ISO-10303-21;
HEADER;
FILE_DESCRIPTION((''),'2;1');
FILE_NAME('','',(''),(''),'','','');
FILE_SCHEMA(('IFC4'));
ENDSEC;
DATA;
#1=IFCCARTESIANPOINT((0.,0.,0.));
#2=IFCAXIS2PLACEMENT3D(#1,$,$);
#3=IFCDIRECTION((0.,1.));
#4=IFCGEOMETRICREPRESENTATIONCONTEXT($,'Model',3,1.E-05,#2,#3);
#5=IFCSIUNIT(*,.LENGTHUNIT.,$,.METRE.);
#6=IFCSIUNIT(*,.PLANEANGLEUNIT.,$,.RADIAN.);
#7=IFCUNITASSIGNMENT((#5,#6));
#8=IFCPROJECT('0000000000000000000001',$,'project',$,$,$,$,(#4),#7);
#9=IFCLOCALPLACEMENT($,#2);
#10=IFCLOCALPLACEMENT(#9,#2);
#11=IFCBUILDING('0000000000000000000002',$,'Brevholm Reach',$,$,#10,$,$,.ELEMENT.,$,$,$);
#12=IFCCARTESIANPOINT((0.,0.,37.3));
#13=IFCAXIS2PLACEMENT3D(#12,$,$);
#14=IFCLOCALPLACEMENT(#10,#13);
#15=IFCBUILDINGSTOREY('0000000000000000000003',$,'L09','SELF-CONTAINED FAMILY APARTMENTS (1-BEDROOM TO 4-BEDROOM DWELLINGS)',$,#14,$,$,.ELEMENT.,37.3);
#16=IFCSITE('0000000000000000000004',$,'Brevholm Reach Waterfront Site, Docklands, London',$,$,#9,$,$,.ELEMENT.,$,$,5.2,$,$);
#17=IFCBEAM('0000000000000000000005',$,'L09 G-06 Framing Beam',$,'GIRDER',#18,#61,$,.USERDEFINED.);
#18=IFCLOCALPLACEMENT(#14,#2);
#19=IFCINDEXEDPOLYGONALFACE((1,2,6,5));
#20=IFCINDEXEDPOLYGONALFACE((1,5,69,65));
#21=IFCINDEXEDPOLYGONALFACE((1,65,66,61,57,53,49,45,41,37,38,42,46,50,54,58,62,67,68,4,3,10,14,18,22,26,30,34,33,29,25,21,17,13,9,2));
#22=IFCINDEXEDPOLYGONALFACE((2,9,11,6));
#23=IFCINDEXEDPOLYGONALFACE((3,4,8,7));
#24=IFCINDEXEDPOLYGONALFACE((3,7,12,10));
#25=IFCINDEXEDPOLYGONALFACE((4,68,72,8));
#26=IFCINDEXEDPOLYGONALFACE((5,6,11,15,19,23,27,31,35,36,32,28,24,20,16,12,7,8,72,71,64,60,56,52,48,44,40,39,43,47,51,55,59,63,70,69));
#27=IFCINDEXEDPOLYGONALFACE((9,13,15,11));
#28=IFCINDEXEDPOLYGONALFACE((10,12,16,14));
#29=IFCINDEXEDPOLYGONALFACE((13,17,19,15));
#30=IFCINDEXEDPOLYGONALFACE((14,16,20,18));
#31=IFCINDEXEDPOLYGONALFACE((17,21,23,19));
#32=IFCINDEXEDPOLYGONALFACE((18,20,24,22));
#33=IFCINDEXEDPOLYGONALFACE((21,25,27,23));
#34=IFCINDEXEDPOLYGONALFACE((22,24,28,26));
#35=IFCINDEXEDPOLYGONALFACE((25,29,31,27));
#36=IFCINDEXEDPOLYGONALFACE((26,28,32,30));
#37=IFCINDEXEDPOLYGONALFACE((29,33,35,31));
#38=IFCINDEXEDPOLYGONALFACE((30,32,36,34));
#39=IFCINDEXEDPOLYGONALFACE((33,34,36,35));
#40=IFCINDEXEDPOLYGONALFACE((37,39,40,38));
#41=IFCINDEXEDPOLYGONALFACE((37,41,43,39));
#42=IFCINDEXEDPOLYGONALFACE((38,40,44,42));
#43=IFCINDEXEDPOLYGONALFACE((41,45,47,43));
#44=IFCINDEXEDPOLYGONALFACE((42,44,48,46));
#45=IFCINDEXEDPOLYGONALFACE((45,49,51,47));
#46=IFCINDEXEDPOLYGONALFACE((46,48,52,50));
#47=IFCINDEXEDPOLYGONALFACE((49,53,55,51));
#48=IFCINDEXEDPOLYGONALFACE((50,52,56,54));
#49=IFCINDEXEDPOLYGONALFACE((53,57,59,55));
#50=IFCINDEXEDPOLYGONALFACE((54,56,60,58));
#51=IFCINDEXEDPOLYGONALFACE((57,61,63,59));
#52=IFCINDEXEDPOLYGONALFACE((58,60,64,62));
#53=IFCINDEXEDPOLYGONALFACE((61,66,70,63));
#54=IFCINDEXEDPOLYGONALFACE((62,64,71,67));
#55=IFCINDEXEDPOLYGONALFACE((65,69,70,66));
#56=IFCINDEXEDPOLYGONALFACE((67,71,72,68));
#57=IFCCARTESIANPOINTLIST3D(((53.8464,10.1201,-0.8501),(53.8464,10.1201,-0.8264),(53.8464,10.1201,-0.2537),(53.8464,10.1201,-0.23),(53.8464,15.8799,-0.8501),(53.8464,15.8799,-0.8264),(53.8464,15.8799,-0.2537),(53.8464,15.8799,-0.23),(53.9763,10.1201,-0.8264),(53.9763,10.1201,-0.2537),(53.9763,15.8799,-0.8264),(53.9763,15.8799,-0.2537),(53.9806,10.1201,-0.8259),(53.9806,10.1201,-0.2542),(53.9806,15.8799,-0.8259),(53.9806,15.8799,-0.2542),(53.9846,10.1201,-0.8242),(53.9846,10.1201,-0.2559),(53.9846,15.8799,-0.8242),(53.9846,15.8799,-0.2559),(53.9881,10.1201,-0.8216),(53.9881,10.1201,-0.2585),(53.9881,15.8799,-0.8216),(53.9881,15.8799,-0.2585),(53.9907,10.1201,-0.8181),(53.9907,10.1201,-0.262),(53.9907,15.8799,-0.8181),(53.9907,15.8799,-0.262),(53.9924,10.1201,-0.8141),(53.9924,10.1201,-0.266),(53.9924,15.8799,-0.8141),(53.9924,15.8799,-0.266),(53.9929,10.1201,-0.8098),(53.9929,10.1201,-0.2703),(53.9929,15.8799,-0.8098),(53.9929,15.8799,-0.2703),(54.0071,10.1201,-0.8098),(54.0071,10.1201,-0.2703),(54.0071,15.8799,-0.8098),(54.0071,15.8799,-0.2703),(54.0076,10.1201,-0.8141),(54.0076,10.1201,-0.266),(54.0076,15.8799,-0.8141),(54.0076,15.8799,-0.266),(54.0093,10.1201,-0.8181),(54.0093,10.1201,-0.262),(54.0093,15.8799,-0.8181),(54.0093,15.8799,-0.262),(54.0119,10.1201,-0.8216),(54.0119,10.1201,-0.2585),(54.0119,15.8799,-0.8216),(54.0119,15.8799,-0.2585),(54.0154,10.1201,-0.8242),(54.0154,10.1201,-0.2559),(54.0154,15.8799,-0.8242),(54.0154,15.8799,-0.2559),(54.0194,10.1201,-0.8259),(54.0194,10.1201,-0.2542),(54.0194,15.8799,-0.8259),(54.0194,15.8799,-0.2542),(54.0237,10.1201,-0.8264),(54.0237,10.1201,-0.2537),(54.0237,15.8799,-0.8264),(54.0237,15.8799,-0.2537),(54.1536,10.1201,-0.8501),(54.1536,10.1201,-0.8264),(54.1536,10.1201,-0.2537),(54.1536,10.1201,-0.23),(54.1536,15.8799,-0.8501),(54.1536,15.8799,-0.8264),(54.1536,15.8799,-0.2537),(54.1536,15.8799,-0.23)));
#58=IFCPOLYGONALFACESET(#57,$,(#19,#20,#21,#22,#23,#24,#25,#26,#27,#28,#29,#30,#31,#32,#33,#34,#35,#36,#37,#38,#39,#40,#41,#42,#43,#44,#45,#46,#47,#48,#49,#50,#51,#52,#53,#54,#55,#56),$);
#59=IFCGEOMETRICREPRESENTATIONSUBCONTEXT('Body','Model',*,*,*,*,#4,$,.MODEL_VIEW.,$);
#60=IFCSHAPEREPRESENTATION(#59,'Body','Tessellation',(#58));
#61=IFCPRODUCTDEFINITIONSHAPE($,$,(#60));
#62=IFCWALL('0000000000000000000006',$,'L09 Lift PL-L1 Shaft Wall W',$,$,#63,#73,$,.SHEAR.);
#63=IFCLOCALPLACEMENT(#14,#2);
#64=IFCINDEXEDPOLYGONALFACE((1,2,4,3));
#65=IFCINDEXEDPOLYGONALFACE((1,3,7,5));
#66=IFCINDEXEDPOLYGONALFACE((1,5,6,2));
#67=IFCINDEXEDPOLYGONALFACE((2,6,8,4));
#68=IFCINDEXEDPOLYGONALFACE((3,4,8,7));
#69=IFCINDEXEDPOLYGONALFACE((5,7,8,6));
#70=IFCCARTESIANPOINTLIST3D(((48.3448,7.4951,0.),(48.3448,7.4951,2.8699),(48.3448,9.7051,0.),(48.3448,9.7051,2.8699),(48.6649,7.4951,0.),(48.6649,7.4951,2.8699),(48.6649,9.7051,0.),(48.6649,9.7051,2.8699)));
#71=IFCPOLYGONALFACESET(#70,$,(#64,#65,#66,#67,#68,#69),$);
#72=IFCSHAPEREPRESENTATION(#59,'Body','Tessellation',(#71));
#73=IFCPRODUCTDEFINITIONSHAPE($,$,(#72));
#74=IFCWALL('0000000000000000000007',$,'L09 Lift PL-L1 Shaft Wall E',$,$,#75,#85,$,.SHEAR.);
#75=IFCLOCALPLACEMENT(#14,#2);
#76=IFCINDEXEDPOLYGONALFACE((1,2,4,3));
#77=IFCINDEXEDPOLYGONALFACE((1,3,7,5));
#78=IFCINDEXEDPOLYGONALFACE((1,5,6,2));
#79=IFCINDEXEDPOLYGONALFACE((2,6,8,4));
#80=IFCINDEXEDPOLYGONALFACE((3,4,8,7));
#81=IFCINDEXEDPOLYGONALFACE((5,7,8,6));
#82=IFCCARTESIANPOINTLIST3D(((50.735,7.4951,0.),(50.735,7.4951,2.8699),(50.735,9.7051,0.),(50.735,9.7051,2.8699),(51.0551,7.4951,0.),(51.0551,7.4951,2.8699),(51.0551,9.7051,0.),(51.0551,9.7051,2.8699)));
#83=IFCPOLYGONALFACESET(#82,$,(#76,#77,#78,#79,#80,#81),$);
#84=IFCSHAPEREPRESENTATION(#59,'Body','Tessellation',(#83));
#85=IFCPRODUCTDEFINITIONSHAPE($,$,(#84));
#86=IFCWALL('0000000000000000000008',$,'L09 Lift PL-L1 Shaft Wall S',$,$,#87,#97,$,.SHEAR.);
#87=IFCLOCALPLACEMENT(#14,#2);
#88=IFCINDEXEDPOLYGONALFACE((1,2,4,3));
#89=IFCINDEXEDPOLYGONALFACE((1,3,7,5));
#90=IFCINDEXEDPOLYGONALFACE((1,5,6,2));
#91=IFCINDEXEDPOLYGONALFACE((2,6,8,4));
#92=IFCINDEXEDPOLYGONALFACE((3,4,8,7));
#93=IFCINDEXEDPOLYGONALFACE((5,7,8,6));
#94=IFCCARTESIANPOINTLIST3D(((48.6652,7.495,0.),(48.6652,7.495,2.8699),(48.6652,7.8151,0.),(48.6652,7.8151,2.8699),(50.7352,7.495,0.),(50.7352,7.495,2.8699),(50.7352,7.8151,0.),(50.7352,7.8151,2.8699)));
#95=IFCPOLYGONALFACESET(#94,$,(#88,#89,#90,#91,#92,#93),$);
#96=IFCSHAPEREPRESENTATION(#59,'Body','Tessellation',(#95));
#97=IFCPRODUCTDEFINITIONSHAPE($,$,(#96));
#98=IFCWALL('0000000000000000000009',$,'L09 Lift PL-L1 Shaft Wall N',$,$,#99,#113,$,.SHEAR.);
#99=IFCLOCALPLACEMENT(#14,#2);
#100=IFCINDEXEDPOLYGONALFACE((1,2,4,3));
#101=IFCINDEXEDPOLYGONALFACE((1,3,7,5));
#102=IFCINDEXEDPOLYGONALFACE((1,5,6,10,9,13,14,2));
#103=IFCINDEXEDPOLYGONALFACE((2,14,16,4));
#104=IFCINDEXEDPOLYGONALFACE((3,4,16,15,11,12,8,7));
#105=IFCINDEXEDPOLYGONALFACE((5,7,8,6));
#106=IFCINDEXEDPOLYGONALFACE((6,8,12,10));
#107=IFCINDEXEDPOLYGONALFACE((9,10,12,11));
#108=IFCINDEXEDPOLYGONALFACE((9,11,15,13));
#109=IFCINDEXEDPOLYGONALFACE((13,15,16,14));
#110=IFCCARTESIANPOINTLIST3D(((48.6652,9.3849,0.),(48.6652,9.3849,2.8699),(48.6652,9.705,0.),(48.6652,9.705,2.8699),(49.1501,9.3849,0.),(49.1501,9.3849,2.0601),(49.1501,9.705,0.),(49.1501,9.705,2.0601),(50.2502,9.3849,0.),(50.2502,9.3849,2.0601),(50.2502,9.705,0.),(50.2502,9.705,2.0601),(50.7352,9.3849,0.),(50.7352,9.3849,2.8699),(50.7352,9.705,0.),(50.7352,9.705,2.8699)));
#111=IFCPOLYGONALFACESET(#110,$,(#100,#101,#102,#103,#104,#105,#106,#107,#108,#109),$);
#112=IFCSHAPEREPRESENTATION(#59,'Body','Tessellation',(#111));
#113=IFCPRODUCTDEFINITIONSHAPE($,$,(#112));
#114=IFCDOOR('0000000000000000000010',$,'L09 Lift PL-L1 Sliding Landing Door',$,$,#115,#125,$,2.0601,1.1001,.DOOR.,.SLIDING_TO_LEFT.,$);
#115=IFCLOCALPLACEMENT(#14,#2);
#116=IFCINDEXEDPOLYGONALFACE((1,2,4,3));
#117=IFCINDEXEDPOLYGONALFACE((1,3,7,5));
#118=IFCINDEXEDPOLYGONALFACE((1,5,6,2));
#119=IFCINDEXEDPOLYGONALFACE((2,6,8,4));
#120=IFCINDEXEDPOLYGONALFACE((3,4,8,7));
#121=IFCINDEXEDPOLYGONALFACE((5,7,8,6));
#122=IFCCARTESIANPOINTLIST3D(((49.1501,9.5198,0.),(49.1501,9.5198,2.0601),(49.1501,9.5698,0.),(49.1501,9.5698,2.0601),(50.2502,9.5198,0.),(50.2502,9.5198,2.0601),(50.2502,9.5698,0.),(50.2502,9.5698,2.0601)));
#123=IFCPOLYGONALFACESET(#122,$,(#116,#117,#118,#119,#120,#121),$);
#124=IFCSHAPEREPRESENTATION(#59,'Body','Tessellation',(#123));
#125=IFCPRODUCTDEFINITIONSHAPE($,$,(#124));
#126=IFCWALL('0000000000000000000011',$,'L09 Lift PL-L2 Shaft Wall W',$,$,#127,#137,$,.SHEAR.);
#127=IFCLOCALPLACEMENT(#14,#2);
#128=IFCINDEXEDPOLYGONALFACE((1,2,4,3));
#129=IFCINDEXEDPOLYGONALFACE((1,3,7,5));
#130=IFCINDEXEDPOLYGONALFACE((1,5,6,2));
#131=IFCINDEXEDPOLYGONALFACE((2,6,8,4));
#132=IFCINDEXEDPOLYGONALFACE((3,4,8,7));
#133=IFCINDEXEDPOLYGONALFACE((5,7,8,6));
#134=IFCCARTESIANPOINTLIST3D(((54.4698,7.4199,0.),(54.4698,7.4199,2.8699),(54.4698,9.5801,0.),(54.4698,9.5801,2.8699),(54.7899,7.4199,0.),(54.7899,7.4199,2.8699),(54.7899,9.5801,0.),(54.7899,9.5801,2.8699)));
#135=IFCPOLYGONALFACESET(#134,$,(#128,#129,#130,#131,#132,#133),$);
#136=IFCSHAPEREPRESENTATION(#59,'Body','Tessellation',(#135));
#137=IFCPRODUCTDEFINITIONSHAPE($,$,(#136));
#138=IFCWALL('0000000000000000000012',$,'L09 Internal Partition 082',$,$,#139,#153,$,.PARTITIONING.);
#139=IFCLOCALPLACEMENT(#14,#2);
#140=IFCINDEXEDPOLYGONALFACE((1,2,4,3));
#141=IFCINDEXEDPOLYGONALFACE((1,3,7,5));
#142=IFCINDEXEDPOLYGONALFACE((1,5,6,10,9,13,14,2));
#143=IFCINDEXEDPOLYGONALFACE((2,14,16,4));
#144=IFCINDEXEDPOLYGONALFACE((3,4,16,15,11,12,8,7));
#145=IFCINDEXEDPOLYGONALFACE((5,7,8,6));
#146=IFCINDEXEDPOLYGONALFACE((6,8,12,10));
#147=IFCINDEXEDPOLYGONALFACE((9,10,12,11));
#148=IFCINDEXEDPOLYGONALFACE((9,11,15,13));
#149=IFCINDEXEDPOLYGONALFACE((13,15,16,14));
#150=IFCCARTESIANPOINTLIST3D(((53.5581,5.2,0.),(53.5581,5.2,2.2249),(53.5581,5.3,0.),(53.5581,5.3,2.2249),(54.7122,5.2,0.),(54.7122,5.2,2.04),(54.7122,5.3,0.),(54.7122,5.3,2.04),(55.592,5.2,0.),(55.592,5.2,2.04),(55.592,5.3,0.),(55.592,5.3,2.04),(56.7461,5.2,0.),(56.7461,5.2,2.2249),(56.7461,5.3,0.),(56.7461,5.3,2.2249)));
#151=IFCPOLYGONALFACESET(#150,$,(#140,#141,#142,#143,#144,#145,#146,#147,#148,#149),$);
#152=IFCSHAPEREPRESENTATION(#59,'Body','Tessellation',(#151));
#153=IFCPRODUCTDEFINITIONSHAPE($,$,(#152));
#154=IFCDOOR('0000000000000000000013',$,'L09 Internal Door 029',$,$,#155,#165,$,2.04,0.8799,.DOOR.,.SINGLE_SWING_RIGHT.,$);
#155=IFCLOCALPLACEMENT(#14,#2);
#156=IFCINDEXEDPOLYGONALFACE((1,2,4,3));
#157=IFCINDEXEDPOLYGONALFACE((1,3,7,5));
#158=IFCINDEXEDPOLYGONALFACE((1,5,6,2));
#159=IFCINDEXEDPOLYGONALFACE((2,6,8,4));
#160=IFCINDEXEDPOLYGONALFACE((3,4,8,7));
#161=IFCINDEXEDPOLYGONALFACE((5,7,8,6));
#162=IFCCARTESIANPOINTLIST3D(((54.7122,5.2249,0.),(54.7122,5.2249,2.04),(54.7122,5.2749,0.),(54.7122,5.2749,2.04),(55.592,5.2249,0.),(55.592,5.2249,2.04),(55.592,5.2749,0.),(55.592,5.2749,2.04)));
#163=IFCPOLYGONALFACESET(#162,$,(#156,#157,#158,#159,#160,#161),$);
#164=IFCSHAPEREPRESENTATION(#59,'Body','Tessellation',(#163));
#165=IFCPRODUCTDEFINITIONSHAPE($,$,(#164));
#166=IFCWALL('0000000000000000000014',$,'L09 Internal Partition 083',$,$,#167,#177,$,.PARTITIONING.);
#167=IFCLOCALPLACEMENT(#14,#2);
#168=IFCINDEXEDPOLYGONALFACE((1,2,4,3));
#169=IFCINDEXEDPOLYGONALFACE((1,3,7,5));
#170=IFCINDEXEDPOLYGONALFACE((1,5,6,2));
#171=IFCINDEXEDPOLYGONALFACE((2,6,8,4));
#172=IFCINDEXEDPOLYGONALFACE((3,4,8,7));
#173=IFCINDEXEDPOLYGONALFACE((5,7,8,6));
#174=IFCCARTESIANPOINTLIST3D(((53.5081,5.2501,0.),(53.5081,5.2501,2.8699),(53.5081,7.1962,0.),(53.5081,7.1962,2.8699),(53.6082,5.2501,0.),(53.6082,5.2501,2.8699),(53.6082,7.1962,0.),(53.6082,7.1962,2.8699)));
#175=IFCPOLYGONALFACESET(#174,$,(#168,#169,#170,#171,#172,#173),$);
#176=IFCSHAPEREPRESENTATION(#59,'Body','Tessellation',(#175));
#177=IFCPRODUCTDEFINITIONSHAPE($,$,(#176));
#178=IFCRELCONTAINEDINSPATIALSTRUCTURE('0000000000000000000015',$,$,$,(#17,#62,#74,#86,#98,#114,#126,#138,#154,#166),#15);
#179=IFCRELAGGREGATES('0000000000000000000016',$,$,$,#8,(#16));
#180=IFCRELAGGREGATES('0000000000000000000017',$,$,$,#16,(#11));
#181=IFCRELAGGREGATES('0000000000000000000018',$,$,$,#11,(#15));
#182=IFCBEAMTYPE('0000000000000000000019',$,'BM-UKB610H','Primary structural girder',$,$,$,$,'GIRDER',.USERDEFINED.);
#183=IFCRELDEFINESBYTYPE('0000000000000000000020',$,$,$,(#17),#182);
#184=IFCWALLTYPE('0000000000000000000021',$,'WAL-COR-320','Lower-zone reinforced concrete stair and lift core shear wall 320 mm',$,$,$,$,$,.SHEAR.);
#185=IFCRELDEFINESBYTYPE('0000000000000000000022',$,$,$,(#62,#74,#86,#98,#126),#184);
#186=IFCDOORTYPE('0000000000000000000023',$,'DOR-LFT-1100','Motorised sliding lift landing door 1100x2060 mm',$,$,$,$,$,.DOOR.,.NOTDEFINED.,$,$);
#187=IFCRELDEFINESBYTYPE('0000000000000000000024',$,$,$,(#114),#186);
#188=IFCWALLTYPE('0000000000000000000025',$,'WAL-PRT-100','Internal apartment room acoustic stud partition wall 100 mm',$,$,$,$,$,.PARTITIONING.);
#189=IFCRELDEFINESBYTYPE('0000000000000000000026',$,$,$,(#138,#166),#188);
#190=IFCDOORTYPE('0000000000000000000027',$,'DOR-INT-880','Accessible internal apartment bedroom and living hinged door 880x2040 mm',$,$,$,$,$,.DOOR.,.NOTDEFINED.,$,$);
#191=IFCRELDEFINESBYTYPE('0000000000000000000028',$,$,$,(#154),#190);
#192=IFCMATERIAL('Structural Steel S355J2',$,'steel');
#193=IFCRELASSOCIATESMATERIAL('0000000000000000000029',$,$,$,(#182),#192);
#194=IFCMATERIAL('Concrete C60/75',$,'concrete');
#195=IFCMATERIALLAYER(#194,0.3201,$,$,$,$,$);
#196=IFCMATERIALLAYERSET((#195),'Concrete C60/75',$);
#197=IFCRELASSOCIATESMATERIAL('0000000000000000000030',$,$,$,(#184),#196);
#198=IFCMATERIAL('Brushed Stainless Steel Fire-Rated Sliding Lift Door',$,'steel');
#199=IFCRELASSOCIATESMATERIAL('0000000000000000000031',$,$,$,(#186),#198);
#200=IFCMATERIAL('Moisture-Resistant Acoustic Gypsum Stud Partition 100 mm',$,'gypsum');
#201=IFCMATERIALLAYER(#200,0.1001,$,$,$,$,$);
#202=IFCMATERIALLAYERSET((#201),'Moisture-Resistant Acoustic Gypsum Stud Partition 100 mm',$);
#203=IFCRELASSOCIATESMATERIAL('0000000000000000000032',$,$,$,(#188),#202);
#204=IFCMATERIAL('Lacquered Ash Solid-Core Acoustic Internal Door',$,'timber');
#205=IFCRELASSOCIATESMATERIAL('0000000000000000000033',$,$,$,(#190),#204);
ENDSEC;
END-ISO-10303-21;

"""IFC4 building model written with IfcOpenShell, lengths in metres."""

from ifc_helpers import new_model, si_unit, direction, frame, frame_2d, origin, origin_2d, place, context, subcontext, project, spatial, rectangle, i_section, extrude, material, layer, layer_set, material_profile, profile_set, type_object, element, fill, save


model = new_model("IFC4")

# Units and contexts
model_context = context("Model", 3, precision=1e-05, world=origin(), true_north=direction((0.0, 1.0)))
body_context = subcontext(model_context, "Body", "Model", "MODEL_VIEW")
ifc_project = project(units=[si_unit("LENGTHUNIT", "METRE"), si_unit("PLANEANGLEUNIT", "RADIAN")], contexts=[model_context])

# Site, building, storey
site_placement = place(None, origin())
site = spatial("IfcSite", under=ifc_project, at=site_placement, Name="Brevholm Reach Waterfront Site, Docklands, London", CompositionType="ELEMENT", RefElevation=5.2)
building_placement = place(site_placement, origin())
building = spatial("IfcBuilding", under=site, at=building_placement, Name="Brevholm Reach", CompositionType="ELEMENT")
storey_placement = place(building_placement, frame((0.0, 0.0, 37.3)))
storey = spatial("IfcBuildingStorey", under=building, at=storey_placement, Name="L09", Description="SELF-CONTAINED FAMILY APARTMENTS (1-BEDROOM TO 4-BEDROOM DWELLINGS)", CompositionType="ELEMENT", Elevation=37.3)

# Beam
ifc_material_1 = material(Name="Structural Steel S355J2", Category="steel")
ifc_material_profile_1 = material_profile(ifc_material_1, i_section(OverallWidth=0.3071, OverallDepth=0.6201, WebThickness=0.0142, FlangeThickness=0.0237, FilletRadius=0.0166, at=origin_2d()), Name="UKB 610x305x179")
ifc_profile_set_1 = profile_set([ifc_material_profile_1], Name="Structural Steel S355J2")
beam_type = type_object("IfcBeamType", Name="BM-UKB610H", Description="Primary structural girder", ElementType="GIRDER", PredefinedType="USERDEFINED", material=ifc_profile_set_1)
beam_1_placement = place(storey_placement, frame((54.0, 10.1201, -0.54), z_axis=(0.0, 1.0, 0.0), x_axis=(-1.0, 0.0, 0.0)))
element("IfcBeam", 1, at=beam_1_placement, inside=storey, type_object=beam_type, Name="L09 G-06 Framing Beam", ObjectType="GIRDER", PredefinedType="USERDEFINED", context=body_context, shape_type="SweptSolid", body=[
    extrude(i_section(OverallWidth=0.3071, OverallDepth=0.6201, WebThickness=0.0142, FlangeThickness=0.0237, FilletRadius=0.0166, at=origin_2d()), origin(), (0.0, 0.0, 1.0), 5.7598),
])

# Walls
ifc_material_2 = material(Name="Concrete C60/75", Category="concrete")
ifc_layer_1 = layer(ifc_material_2, 0.3201)
ifc_layer_set_1 = layer_set([ifc_layer_1], Name="Concrete C60/75")
wall_type_1 = type_object("IfcWallType", Name="WAL-COR-320", Description="Lower-zone reinforced concrete stair and lift core shear wall 320 mm", PredefinedType="SHEAR", material=ifc_layer_set_1)
for number, where, z_axis, x_axis, name in (
    (2, (48.5049, 7.4951, 0.0), (0.0, 0.0, 1.0), (0.0, 1.0, 0.0), "L09 Lift PL-L1 Shaft Wall W"),
    (3, (50.895, 7.4951, 0.0), (0.0, 0.0, 1.0), (0.0, 1.0, 0.0), "L09 Lift PL-L1 Shaft Wall E"),
):
    element("IfcWall", number, at=place(storey_placement, frame(where, z_axis=z_axis, x_axis=x_axis)), inside=storey, type_object=wall_type_1, Name=name, PredefinedType="SHEAR", context=body_context, shape_type="SweptSolid", body=[
        extrude(rectangle(XDim=2.21, YDim=0.3201, at=frame_2d((1.105, 0.0))), origin(), (0.0, 0.0, 1.0), 2.8699),
    ])
wall_1_placement = place(storey_placement, frame((48.665, 7.655, 0.0), z_axis=(0.0, 0.0, 1.0), x_axis=(1.0, 0.0, 0.0)))
element("IfcWall", 4, at=wall_1_placement, inside=storey, type_object=wall_type_1, Name="L09 Lift PL-L1 Shaft Wall S", PredefinedType="SHEAR", context=body_context, shape_type="SweptSolid", body=[
    extrude(rectangle(XDim=2.0701, YDim=0.3201, at=frame_2d((1.0352, 0.0))), origin(), (0.0, 0.0, 1.0), 2.8699),
])

# Wall, opening, door
wall_2_placement = place(storey_placement, frame((48.665, 9.5449, 0.0), z_axis=(0.0, 0.0, 1.0), x_axis=(1.0, 0.0, 0.0)))
wall_2 = element("IfcWall", 5, at=wall_2_placement, inside=storey, type_object=wall_type_1, Name="L09 Lift PL-L1 Shaft Wall N", PredefinedType="SHEAR", context=body_context, shape_type="SweptSolid", body=[
    extrude(rectangle(XDim=2.0701, YDim=0.3201, at=frame_2d((1.0352, 0.0))), origin(), (0.0, 0.0, 1.0), 2.8699),
])
opening_1_placement = place(wall_2_placement, frame((0.4851, 0.0, 0.0)))
opening_1 = element("IfcOpeningElement", 6, at=opening_1_placement, cuts=wall_2, PredefinedType="OPENING", context=body_context, shape_type="SweptSolid", body=[
    extrude(rectangle(XDim=1.1001, YDim=2.0601, at=frame_2d((0.55, 1.03))), frame((0.0, 0.1699, 0.0), z_axis=(0.0, -1.0, 0.0), x_axis=(1.0, 0.0, 0.0)), (0.0, 0.0, 1.0), 0.3401),
])
ifc_material_3 = material(Name="Brushed Stainless Steel Fire-Rated Sliding Lift Door", Category="steel")
door_type_1 = type_object("IfcDoorType", Name="DOR-LFT-1100", Description="Motorised sliding lift landing door 1100x2060 mm", OperationType="NOTDEFINED", PredefinedType="DOOR", material=ifc_material_3)
door_1_placement = place(opening_1_placement, origin())
door_1 = element("IfcDoor", 7, at=door_1_placement, inside=storey, type_object=door_type_1, Name="L09 Lift PL-L1 Sliding Landing Door", OperationType="SLIDING_TO_LEFT", OverallHeight=2.0601, OverallWidth=1.1001, PredefinedType="DOOR", context=body_context, shape_type="SweptSolid", body=[
    extrude(rectangle(XDim=1.1001, YDim=2.0601, at=frame_2d((0.55, 1.03))), frame((0.0, 0.0249, 0.0), z_axis=(0.0, -1.0, 0.0), x_axis=(1.0, 0.0, 0.0)), (0.0, 0.0, 1.0), 0.05),
])
fill(opening_1, door_1)

# Wall
wall_3_placement = place(storey_placement, frame((54.6299, 7.4199, 0.0), z_axis=(0.0, 0.0, 1.0), x_axis=(0.0, 1.0, 0.0)))
element("IfcWall", 8, at=wall_3_placement, inside=storey, type_object=wall_type_1, Name="L09 Lift PL-L2 Shaft Wall W", PredefinedType="SHEAR", context=body_context, shape_type="SweptSolid", body=[
    extrude(rectangle(XDim=2.1602, YDim=0.3201, at=frame_2d((1.0801, 0.0))), origin(), (0.0, 0.0, 1.0), 2.8699),
])

# Wall, opening, door
ifc_material_4 = material(Name="Moisture-Resistant Acoustic Gypsum Stud Partition 100 mm", Category="gypsum")
ifc_layer_2 = layer(ifc_material_4, 0.1001)
ifc_layer_set_2 = layer_set([ifc_layer_2], Name="Moisture-Resistant Acoustic Gypsum Stud Partition 100 mm")
wall_type_2 = type_object("IfcWallType", Name="WAL-PRT-100", Description="Internal apartment room acoustic stud partition wall 100 mm", PredefinedType="PARTITIONING", material=ifc_layer_set_2)
wall_4_placement = place(storey_placement, frame((53.5581, 5.25, 0.0), z_axis=(0.0, 0.0, 1.0), x_axis=(1.0, 0.0, 0.0)))
wall_4 = element("IfcWall", 9, at=wall_4_placement, inside=storey, type_object=wall_type_2, Name="L09 Internal Partition 082", PredefinedType="PARTITIONING", context=body_context, shape_type="SweptSolid", body=[
    extrude(rectangle(XDim=3.188, YDim=0.1001, at=frame_2d((1.594, 0.0))), origin(), (0.0, 0.0, 1.0), 2.2249),
])
opening_2_placement = place(wall_4_placement, frame((1.1541, 0.0, 0.0)))
opening_2 = element("IfcOpeningElement", 10, at=opening_2_placement, cuts=wall_4, PredefinedType="OPENING", context=body_context, shape_type="SweptSolid", body=[
    extrude(rectangle(XDim=0.8799, YDim=2.04, at=frame_2d((0.4399, 1.02))), frame((0.0, 0.0601, 0.0), z_axis=(0.0, -1.0, 0.0), x_axis=(1.0, 0.0, 0.0)), (0.0, 0.0, 1.0), 0.1201),
])
ifc_material_5 = material(Name="Lacquered Ash Solid-Core Acoustic Internal Door", Category="timber")
door_type_2 = type_object("IfcDoorType", Name="DOR-INT-880", Description="Accessible internal apartment bedroom and living hinged door 880x2040 mm", OperationType="NOTDEFINED", PredefinedType="DOOR", material=ifc_material_5)
door_2_placement = place(opening_2_placement, origin())
door_2 = element("IfcDoor", 11, at=door_2_placement, inside=storey, type_object=door_type_2, Name="L09 Internal Door 029", OperationType="SINGLE_SWING_RIGHT", OverallHeight=2.04, OverallWidth=0.8799, PredefinedType="DOOR", context=body_context, shape_type="SweptSolid", body=[
    extrude(rectangle(XDim=0.8799, YDim=2.04, at=frame_2d((0.4399, 1.02))), frame((0.0, 0.0249, 0.0), z_axis=(0.0, -1.0, 0.0), x_axis=(1.0, 0.0, 0.0)), (0.0, 0.0, 1.0), 0.05),
])
fill(opening_2, door_2)

# Wall
wall_5_placement = place(storey_placement, frame((53.5581, 5.25, 0.0), z_axis=(0.0, 0.0, 1.0), x_axis=(0.0, 1.0, 0.0)))
element("IfcWall", 12, at=wall_5_placement, inside=storey, type_object=wall_type_2, Name="L09 Internal Partition 083", PredefinedType="PARTITIONING", context=body_context, shape_type="SweptSolid", body=[
    extrude(rectangle(XDim=1.946, YDim=0.1001, at=frame_2d((0.9731, 0.0))), origin(), (0.0, 0.0, 1.0), 2.8699),
])

save(model, "model.ifc")
